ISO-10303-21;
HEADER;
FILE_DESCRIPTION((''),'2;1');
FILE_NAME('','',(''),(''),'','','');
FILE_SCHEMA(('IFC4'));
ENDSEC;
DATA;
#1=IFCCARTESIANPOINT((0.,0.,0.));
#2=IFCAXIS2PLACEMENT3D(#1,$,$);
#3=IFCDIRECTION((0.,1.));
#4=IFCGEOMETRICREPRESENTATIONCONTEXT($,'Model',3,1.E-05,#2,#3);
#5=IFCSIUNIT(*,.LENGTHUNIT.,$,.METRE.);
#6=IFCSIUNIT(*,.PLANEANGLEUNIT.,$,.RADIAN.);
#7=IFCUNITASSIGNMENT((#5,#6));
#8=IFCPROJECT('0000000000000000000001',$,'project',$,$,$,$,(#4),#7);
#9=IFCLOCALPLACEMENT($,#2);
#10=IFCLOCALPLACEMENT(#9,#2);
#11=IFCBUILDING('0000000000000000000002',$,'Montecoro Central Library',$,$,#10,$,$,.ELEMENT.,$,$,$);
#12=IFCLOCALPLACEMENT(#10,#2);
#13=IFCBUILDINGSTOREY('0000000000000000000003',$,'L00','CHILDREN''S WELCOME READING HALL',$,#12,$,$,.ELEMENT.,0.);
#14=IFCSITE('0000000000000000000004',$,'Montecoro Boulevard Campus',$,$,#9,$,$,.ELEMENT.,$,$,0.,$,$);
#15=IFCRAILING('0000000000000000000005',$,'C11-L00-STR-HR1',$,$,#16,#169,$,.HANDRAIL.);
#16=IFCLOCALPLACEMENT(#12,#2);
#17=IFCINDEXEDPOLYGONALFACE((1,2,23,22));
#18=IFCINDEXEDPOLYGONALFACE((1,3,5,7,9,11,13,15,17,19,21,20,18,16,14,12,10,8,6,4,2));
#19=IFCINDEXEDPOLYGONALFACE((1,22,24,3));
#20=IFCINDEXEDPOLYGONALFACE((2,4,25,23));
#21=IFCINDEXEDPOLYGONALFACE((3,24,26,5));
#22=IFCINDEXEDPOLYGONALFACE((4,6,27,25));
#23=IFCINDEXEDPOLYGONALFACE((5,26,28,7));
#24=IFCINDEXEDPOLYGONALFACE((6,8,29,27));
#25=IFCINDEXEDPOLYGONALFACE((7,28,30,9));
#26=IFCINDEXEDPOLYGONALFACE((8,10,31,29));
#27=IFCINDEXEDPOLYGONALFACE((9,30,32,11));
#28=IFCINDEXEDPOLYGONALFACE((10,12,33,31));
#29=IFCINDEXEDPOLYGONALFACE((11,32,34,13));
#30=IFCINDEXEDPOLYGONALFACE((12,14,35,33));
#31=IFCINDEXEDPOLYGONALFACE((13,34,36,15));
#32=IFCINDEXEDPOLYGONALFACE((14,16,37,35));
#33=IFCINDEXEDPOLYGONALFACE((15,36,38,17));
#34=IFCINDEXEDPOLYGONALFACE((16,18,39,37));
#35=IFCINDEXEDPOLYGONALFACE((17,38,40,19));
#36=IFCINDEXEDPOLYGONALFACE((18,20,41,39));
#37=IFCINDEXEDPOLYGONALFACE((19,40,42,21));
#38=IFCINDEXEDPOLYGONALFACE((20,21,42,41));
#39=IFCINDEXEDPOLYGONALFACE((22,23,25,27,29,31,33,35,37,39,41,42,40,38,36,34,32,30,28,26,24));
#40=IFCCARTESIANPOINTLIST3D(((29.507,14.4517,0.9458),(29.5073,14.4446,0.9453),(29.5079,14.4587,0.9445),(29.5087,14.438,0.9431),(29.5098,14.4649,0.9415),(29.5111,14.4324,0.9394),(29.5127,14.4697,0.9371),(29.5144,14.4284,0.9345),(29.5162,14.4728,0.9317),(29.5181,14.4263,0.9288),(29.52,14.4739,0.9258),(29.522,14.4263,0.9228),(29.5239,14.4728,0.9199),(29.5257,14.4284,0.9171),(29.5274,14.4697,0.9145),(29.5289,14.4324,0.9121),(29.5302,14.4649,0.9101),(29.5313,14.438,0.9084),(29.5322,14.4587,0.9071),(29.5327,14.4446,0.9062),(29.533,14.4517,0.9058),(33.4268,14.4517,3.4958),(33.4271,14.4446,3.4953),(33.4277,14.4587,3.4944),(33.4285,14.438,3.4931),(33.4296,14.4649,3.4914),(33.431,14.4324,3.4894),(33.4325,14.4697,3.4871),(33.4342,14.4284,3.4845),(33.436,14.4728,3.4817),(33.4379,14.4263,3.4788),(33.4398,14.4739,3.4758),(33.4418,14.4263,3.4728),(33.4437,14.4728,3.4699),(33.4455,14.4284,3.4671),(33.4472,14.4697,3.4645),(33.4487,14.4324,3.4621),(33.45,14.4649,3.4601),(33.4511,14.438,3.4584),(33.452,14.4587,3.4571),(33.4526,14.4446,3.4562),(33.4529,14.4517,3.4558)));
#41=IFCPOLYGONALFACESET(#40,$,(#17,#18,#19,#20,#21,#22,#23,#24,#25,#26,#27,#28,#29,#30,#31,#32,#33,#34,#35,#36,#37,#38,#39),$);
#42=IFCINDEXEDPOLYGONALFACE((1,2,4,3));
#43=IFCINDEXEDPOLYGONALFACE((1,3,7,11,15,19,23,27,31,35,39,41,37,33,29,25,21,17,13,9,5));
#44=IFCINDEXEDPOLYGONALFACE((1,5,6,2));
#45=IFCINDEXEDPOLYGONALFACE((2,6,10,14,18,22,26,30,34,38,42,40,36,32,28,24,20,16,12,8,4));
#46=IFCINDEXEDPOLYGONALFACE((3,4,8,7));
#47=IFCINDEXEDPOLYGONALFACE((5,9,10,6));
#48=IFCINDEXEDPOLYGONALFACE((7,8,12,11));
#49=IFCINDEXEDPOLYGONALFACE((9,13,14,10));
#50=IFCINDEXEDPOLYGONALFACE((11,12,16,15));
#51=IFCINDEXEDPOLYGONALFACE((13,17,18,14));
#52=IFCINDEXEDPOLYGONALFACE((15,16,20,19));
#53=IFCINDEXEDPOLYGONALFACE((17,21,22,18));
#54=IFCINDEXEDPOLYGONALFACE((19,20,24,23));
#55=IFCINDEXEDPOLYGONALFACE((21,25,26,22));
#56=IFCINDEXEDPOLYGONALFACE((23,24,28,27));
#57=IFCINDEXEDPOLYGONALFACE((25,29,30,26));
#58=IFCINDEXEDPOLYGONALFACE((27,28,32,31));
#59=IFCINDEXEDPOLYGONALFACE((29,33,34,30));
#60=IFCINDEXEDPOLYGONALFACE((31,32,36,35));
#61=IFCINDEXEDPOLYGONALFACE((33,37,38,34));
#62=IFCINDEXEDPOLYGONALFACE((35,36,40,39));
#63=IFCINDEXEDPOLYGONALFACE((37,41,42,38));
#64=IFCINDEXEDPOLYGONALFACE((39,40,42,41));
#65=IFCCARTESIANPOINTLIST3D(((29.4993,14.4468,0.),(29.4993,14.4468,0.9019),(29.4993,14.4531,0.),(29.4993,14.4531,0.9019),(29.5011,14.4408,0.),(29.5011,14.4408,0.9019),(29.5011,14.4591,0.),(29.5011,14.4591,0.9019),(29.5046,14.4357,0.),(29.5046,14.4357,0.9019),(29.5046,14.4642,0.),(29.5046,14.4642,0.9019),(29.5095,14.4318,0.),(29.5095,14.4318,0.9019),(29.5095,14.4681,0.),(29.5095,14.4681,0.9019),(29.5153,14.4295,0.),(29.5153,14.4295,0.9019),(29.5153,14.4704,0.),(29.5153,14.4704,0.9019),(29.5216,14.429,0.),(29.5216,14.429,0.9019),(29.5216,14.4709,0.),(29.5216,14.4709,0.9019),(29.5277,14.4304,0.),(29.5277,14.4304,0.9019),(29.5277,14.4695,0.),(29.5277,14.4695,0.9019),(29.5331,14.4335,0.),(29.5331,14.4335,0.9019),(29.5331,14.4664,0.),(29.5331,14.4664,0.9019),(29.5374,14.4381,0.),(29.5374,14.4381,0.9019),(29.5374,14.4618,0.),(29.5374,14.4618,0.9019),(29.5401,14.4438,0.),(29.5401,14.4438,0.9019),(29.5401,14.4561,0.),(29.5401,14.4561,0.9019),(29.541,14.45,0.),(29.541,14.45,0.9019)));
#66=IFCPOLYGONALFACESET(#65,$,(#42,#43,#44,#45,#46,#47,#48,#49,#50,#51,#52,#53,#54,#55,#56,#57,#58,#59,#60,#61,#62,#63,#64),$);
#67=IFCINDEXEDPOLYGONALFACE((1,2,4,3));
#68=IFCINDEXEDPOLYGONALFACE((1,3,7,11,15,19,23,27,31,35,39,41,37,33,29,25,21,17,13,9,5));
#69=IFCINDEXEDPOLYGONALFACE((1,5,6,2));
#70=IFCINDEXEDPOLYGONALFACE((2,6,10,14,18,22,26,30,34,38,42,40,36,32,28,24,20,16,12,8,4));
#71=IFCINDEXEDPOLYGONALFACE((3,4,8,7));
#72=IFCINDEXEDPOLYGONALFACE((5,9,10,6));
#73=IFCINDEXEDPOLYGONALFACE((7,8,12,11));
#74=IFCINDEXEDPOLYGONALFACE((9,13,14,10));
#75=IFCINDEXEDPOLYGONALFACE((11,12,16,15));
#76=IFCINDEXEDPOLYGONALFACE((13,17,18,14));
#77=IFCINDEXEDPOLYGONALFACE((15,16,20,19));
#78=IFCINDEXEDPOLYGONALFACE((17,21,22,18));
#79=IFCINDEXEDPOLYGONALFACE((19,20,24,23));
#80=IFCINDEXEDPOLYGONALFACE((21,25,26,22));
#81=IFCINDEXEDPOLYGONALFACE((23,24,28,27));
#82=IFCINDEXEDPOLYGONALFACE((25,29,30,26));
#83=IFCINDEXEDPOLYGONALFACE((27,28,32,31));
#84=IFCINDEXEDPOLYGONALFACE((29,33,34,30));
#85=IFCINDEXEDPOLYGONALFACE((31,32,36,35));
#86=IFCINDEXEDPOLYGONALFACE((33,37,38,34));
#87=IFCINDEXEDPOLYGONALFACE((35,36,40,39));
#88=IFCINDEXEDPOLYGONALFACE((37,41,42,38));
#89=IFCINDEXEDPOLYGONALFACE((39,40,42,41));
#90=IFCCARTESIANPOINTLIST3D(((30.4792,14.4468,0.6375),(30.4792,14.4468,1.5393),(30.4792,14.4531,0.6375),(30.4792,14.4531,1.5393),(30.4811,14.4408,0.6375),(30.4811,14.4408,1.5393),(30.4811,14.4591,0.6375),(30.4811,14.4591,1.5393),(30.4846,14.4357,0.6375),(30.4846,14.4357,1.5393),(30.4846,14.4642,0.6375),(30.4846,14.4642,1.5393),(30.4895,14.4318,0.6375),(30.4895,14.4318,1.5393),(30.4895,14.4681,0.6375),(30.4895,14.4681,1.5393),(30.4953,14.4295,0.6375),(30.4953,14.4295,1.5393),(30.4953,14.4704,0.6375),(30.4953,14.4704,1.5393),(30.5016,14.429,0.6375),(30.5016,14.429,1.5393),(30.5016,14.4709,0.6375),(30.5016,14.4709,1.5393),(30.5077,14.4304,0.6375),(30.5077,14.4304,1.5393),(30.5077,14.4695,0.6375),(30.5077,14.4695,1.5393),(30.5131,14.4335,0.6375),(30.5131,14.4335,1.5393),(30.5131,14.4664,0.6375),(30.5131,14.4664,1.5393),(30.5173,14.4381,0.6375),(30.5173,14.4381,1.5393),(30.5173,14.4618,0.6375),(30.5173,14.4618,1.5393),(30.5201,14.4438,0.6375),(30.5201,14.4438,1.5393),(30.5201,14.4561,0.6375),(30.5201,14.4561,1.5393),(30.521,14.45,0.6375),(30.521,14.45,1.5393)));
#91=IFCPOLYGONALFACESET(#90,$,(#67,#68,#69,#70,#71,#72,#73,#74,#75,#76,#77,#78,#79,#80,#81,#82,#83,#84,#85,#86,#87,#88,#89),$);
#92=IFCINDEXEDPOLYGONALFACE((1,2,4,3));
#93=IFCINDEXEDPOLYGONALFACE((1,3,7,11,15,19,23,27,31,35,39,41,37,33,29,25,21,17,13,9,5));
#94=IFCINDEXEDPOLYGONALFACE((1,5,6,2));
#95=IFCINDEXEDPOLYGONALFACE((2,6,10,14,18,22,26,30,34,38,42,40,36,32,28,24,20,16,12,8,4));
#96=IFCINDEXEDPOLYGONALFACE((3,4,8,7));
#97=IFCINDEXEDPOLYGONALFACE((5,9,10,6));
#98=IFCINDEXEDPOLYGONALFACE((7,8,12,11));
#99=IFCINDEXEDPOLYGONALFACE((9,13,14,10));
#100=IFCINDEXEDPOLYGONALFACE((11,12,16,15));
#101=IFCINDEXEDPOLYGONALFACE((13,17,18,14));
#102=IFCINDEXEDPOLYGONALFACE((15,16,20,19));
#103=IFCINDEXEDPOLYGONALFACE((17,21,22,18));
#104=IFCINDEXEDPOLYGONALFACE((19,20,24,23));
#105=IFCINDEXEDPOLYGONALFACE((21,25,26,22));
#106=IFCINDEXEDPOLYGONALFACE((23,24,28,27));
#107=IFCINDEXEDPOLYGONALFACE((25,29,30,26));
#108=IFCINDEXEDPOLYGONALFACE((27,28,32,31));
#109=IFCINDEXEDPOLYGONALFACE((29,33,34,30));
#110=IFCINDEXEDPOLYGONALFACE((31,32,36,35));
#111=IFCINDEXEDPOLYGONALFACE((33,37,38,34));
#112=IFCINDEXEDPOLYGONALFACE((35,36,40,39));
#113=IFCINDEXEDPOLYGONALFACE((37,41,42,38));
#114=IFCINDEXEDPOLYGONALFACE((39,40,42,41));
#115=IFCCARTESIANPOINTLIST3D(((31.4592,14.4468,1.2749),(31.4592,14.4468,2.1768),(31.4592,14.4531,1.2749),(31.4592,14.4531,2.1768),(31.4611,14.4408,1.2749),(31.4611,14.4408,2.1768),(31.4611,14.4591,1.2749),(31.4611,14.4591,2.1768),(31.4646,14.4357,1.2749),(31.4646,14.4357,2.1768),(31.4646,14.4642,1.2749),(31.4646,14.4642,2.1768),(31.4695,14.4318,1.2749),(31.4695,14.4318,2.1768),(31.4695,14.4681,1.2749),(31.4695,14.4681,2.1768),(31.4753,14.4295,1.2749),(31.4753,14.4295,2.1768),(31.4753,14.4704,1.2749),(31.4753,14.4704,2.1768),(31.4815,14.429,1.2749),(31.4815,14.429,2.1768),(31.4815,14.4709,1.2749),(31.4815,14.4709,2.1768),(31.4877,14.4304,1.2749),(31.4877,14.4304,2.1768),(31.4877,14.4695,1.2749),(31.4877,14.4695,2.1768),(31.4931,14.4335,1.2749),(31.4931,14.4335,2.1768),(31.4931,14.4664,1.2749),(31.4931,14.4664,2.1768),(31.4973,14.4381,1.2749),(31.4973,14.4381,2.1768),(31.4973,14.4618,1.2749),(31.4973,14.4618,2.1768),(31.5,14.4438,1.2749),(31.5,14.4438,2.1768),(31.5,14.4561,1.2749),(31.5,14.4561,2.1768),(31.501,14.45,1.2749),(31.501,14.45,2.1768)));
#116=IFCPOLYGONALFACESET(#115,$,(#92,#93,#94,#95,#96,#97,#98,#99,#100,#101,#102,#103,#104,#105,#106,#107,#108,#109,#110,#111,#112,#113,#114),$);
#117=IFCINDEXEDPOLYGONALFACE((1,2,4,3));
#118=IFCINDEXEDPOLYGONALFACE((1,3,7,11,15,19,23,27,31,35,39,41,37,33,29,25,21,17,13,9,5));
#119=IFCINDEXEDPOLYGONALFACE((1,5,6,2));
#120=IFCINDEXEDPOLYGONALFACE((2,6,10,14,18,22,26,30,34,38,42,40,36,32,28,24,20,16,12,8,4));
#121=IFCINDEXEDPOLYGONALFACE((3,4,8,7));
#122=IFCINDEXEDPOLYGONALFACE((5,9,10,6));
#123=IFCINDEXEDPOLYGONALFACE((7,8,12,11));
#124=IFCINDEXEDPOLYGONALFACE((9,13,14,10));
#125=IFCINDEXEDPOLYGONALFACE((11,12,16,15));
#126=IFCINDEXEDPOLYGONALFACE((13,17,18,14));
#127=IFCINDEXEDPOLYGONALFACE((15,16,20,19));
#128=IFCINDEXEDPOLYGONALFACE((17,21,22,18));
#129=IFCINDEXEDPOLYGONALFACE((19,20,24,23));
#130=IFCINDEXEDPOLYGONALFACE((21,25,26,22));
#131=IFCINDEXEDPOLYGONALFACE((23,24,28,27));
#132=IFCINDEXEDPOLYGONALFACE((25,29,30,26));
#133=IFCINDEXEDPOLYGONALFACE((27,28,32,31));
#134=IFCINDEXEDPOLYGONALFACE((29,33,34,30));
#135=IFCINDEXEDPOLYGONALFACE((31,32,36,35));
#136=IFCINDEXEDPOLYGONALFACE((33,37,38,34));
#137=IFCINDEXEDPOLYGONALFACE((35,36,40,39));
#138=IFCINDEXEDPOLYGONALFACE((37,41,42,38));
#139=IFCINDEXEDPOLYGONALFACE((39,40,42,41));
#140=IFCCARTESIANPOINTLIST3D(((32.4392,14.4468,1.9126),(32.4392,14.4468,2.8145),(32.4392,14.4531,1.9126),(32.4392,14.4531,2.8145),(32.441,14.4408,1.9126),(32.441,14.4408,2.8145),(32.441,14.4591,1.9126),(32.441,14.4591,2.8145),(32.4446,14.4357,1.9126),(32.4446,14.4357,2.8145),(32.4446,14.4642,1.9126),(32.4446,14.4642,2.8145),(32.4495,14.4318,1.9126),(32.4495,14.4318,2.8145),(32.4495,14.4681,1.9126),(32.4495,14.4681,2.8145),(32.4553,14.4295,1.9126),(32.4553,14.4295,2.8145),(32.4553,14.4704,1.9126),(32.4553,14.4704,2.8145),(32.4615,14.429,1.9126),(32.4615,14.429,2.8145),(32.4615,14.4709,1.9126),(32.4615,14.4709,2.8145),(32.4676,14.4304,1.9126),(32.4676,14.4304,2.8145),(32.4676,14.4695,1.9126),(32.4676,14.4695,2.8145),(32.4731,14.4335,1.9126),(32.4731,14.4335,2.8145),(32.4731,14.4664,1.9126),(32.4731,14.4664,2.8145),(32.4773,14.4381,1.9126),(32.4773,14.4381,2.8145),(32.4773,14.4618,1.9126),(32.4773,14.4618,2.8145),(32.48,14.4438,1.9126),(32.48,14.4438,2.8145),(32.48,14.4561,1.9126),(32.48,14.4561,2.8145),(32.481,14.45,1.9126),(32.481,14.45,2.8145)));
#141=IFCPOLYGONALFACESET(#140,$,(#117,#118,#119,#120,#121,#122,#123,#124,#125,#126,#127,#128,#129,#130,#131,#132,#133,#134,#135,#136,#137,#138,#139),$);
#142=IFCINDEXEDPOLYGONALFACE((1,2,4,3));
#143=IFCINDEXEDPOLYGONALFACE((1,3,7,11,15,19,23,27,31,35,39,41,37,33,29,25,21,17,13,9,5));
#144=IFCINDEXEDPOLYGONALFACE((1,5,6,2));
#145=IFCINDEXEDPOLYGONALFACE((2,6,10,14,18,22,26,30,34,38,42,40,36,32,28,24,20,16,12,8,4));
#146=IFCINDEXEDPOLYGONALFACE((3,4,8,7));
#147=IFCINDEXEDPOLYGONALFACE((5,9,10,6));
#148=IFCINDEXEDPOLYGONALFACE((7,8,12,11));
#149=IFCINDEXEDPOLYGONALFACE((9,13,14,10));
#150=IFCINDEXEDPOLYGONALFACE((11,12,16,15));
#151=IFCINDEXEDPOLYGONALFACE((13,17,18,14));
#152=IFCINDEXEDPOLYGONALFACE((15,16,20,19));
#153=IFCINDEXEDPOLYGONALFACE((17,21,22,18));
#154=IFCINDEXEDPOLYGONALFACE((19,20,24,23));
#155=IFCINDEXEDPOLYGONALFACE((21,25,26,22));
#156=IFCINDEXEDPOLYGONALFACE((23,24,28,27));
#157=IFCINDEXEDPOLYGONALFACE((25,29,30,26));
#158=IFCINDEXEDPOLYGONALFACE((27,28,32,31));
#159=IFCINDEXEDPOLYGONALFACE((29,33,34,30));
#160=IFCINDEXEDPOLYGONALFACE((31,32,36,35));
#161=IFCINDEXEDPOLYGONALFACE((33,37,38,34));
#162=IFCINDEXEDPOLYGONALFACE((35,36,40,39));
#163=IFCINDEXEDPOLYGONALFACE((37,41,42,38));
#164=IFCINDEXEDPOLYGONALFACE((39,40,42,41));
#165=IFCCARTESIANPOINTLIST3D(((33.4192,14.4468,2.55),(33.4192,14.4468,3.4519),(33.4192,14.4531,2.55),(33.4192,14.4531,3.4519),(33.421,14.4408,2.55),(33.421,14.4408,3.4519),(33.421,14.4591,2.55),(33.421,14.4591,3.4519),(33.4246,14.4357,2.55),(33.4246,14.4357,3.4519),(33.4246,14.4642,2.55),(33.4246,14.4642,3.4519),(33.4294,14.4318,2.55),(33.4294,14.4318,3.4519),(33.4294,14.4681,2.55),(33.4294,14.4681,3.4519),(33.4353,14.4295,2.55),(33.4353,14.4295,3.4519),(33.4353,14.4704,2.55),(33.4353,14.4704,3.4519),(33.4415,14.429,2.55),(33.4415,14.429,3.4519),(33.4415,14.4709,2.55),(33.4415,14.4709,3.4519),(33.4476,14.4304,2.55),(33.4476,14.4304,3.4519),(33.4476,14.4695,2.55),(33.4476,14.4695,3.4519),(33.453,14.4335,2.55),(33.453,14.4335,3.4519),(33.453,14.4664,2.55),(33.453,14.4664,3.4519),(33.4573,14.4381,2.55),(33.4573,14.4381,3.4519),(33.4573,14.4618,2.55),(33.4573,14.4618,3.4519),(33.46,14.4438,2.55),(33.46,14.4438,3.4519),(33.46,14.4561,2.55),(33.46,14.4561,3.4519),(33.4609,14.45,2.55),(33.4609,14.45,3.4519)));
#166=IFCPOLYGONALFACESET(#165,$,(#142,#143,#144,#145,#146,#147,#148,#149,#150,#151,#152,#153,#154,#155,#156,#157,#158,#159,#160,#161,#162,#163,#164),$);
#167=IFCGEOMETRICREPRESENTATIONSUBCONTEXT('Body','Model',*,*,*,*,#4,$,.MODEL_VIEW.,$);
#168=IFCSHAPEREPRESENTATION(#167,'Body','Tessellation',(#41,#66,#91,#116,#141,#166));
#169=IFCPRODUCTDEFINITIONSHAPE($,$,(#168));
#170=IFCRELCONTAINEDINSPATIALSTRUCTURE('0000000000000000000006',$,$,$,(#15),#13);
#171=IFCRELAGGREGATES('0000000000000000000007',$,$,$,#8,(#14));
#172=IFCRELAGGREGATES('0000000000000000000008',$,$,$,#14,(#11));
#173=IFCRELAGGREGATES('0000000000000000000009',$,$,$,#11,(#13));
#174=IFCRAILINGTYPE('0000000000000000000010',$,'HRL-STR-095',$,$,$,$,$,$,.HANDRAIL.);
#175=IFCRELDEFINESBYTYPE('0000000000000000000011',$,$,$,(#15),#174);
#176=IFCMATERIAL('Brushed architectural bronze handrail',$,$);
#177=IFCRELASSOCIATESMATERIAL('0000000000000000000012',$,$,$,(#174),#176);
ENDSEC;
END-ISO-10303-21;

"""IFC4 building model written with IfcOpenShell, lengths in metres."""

from ifc_helpers import new_model, si_unit, direction, frame, origin, origin_2d, place, context, subcontext, project, spatial, circle, extrude, material, type_object, element, save


model = new_model("IFC4")

# Units and contexts
model_context = context("Model", 3, precision=1e-05, world=origin(), true_north=direction((0.0, 1.0)))
body_context = subcontext(model_context, "Body", "Model", "MODEL_VIEW")
ifc_project = project(units=[si_unit("LENGTHUNIT", "METRE"), si_unit("PLANEANGLEUNIT", "RADIAN")], contexts=[model_context])

# Site, building, storey
site_placement = place(None, origin())
site = spatial("IfcSite", under=ifc_project, at=site_placement, Name="Montecoro Boulevard Campus", CompositionType="ELEMENT", RefElevation=0.0)
building_placement = place(site_placement, origin())
building = spatial("IfcBuilding", under=site, at=building_placement, Name="Montecoro Central Library", CompositionType="ELEMENT")
storey_placement = place(building_placement, origin())
storey = spatial("IfcBuildingStorey", under=building, at=storey_placement, Name="L00", Description="CHILDREN'S WELCOME READING HALL", CompositionType="ELEMENT", Elevation=0.0)

# Railing
ifc_material_1 = material(Name="Brushed architectural bronze handrail")
railing_type_1 = type_object("IfcRailingType", Name="HRL-STR-095", PredefinedType="HANDRAIL", material=ifc_material_1)
railing_1_placement = place(storey_placement, frame((29.52, 14.45, 0.0)))
element("IfcRailing", 1, at=railing_1_placement, inside=storey, type_object=railing_type_1, Name="C11-L00-STR-HR1", PredefinedType="HANDRAIL", context=body_context, shape_type="SweptSolid", body=[
    extrude(circle(Radius=0.0239, at=origin_2d()), frame((0.0, 0.0, 0.9258), z_axis=(0.838238, 0.0, 0.545304), x_axis=(0.0, 1.0, 0.0)), (0.0, 0.0, 1.0), 4.6763),
    extrude(circle(Radius=0.021, at=origin_2d()), origin(), (0.0, 0.0, 1.0), 0.9019),
    extrude(circle(Radius=0.021, at=origin_2d()), frame((0.98, 0.0, 0.6375)), (0.0, 0.0, 1.0), 0.9019),
    extrude(circle(Radius=0.021, at=origin_2d()), frame((1.96, 0.0, 1.2749)), (0.0, 0.0, 1.0), 0.9019),
    extrude(circle(Radius=0.021, at=origin_2d()), frame((2.9399, 0.0, 1.9126)), (0.0, 0.0, 1.0), 0.9019),
    extrude(circle(Radius=0.021, at=origin_2d()), frame((3.9199, 0.0, 2.55)), (0.0, 0.0, 1.0), 0.9019),
])

save(model, "model.ifc")
